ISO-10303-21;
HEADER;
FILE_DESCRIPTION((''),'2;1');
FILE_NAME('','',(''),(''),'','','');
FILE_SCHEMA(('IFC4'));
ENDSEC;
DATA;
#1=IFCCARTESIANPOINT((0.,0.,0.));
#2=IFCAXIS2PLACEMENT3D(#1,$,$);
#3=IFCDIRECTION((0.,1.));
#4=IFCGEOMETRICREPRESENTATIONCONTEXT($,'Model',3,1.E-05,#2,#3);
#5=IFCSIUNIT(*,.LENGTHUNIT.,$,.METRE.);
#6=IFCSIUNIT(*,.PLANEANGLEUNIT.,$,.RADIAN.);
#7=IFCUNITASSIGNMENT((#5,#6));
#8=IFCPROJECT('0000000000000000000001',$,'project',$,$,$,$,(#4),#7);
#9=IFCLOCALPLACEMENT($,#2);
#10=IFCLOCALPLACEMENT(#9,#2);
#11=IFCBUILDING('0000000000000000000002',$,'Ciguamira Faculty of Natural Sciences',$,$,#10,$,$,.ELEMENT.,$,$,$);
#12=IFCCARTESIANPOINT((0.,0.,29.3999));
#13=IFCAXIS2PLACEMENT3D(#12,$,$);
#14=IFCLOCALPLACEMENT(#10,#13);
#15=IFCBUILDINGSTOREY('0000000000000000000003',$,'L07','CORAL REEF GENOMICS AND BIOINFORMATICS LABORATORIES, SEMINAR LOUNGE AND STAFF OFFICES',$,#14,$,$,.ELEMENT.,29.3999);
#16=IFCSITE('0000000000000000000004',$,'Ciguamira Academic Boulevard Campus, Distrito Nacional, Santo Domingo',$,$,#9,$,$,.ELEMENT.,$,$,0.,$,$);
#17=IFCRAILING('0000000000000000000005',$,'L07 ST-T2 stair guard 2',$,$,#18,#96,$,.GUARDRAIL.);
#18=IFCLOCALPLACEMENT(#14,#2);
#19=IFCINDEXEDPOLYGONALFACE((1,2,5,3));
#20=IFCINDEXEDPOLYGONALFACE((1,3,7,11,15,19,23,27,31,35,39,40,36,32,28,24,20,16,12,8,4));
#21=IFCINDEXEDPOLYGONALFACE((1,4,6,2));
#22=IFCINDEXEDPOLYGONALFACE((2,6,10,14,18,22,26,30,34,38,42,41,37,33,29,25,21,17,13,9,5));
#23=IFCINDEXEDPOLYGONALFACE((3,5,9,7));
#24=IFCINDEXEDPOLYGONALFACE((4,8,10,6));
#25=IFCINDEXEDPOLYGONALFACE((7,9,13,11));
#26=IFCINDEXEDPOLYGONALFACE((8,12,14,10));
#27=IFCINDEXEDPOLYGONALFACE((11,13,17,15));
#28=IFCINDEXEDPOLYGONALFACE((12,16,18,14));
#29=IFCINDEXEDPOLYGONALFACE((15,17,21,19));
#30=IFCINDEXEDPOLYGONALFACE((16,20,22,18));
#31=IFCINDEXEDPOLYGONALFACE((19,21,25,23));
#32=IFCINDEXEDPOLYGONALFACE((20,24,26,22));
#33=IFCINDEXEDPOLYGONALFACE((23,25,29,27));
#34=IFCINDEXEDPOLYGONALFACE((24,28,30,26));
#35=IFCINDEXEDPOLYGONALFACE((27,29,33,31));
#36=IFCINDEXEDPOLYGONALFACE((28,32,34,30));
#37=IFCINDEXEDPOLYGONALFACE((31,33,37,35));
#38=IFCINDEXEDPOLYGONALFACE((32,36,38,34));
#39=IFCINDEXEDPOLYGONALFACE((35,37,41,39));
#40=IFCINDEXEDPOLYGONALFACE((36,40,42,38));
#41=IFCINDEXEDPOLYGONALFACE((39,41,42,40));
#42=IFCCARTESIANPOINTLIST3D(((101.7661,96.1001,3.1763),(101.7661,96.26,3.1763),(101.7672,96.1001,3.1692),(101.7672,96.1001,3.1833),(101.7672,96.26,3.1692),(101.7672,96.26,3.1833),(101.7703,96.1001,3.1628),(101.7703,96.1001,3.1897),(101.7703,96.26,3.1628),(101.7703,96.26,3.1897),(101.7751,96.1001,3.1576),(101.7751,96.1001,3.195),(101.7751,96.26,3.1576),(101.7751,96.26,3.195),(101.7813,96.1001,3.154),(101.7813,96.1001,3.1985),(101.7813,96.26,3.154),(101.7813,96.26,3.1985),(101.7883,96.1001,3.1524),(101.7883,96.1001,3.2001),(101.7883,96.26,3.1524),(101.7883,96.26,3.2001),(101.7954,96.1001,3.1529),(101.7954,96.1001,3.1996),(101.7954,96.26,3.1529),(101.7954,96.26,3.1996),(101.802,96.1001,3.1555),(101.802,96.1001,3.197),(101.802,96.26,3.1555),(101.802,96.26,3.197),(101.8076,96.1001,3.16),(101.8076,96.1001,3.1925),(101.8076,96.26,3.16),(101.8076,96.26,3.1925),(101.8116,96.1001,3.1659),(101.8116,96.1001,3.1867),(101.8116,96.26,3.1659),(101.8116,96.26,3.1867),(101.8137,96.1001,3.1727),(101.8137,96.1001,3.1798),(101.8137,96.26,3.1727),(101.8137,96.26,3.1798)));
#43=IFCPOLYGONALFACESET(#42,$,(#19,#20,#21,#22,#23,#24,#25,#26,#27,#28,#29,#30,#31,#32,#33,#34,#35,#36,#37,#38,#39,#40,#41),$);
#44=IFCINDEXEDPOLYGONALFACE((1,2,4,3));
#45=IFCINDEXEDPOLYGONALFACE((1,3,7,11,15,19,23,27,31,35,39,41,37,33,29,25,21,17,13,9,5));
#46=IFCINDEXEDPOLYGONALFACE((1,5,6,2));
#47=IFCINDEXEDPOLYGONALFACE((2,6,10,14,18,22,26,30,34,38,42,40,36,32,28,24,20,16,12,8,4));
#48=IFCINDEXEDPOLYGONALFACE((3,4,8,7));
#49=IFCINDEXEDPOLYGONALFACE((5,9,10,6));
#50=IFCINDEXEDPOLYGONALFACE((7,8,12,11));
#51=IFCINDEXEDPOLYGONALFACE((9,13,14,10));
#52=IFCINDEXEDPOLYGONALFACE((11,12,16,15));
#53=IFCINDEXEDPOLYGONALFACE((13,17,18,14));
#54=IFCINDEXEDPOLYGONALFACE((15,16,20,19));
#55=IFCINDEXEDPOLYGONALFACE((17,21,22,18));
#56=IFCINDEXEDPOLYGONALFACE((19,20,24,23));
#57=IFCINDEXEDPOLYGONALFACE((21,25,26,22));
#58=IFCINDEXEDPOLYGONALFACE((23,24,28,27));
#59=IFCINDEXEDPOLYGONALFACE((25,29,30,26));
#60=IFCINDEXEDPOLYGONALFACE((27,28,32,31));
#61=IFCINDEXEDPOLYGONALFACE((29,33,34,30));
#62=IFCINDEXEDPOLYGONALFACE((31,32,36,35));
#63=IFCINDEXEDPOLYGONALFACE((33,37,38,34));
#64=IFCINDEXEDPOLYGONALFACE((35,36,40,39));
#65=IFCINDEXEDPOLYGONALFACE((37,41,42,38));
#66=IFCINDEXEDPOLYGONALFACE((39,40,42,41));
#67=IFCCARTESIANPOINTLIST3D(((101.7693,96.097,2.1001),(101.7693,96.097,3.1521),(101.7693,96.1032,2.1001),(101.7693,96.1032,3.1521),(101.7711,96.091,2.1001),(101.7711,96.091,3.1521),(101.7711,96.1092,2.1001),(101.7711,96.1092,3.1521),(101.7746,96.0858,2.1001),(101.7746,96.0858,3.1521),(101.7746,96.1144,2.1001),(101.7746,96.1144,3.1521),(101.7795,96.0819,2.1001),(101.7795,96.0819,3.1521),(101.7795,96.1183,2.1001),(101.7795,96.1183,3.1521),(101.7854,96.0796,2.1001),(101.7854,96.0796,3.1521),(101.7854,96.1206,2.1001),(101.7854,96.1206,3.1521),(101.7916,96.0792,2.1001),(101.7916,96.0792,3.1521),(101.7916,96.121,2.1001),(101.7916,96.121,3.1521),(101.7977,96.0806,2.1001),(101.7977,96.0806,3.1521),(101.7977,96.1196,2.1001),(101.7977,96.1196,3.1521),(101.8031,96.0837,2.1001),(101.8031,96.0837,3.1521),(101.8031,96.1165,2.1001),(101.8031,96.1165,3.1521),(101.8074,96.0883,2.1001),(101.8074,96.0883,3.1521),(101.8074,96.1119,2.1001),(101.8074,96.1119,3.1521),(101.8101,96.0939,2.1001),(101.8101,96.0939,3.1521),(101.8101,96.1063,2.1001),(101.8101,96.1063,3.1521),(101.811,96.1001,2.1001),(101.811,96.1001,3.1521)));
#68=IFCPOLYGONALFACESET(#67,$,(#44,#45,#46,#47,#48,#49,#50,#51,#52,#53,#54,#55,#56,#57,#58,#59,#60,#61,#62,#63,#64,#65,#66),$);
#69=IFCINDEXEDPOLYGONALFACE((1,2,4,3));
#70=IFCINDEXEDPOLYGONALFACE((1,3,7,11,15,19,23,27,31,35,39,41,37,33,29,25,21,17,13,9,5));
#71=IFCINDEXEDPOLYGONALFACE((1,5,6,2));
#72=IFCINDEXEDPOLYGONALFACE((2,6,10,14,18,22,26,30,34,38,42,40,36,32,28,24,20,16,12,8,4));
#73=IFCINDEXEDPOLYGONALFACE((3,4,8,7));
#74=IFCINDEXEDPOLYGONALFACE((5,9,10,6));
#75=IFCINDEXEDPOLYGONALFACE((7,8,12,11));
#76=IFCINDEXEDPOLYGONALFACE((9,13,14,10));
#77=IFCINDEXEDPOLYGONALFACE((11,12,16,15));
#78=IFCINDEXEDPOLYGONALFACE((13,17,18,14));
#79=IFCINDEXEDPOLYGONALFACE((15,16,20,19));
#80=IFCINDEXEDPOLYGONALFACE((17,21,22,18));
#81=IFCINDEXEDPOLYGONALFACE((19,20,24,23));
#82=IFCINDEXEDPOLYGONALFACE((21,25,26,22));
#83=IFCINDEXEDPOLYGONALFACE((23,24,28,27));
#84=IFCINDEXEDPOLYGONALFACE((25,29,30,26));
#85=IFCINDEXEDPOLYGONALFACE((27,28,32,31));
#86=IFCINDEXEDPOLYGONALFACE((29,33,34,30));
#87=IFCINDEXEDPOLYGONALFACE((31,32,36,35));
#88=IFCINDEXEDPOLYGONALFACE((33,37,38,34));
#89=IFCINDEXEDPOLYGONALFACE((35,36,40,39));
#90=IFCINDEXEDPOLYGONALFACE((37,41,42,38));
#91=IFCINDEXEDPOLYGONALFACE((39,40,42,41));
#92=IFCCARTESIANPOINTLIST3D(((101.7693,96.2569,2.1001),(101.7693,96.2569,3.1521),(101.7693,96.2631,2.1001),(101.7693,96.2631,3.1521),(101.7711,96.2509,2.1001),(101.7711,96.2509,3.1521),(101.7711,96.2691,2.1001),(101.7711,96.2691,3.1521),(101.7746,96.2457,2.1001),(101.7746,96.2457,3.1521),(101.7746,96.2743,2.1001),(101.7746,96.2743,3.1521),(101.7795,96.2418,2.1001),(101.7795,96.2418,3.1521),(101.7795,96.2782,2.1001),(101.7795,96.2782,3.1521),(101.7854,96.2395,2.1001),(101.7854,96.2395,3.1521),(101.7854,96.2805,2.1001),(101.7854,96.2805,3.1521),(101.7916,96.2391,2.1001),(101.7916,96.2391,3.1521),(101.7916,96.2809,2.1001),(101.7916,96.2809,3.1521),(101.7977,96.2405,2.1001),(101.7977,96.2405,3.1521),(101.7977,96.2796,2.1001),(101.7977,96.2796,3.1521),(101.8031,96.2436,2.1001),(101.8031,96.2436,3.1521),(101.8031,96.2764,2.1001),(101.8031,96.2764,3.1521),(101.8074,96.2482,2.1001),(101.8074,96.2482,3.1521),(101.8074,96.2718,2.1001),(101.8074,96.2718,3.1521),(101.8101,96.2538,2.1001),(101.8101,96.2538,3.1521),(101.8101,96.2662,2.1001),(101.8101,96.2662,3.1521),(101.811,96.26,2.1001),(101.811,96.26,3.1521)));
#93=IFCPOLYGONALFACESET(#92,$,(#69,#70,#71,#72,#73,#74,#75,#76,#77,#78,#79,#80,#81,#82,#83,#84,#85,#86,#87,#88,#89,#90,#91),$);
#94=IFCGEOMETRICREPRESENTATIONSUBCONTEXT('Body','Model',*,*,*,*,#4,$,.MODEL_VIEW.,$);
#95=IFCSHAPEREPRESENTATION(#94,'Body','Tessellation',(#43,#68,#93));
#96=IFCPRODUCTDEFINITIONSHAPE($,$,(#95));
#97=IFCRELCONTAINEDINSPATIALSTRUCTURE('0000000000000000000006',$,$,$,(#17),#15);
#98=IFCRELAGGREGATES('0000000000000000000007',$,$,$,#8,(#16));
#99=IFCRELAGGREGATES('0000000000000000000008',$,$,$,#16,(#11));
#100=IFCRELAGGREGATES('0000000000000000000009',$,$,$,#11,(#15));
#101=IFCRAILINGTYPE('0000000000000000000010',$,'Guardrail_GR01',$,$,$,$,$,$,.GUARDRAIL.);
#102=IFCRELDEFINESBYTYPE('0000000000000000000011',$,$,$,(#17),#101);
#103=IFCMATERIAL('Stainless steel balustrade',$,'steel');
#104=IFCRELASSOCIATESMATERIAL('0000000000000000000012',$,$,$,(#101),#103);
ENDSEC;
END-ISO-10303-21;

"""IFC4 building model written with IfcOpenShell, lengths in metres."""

from ifc_helpers import new_model, si_unit, direction, frame, origin, origin_2d, place, context, subcontext, project, spatial, circle, extrude, material, type_object, element, save


model = new_model("IFC4")

# Units and contexts
model_context = context("Model", 3, precision=1e-05, world=origin(), true_north=direction((0.0, 1.0)))
body_context = subcontext(model_context, "Body", "Model", "MODEL_VIEW")
ifc_project = project(units=[si_unit("LENGTHUNIT", "METRE"), si_unit("PLANEANGLEUNIT", "RADIAN")], contexts=[model_context])

# Site, building, storey
site_placement = place(None, origin())
site = spatial("IfcSite", under=ifc_project, at=site_placement, Name="Ciguamira Academic Boulevard Campus, Distrito Nacional, Santo Domingo", CompositionType="ELEMENT", RefElevation=0.0)
building_placement = place(site_placement, origin())
building = spatial("IfcBuilding", under=site, at=building_placement, Name="Ciguamira Faculty of Natural Sciences", CompositionType="ELEMENT")
storey_placement = place(building_placement, frame((0.0, 0.0, 29.3999)))
storey = spatial("IfcBuildingStorey", under=building, at=storey_placement, Name="L07", Description="CORAL REEF GENOMICS AND BIOINFORMATICS LABORATORIES, SEMINAR LOUNGE AND STAFF OFFICES", CompositionType="ELEMENT", Elevation=29.3999)

# Railing
ifc_material_1 = material(Name="Stainless steel balustrade", Category="steel")
railing_type_1 = type_object("IfcRailingType", Name="Guardrail_GR01", PredefinedType="GUARDRAIL", material=ifc_material_1)
railing_1_placement = place(storey_placement, frame((101.79, 96.1001, 2.1001)))
element("IfcRailing", 1, at=railing_1_placement, inside=storey, type_object=railing_type_1, Name="L07 ST-T2 stair guard 2", PredefinedType="GUARDRAIL", context=body_context, shape_type="SweptSolid", body=[
    extrude(circle(Radius=0.0239, at=origin_2d()), frame((0.0, 0.0, 1.0762), z_axis=(0.0, 1.0, 0.0), x_axis=(-1.0, 0.0, 0.0)), (0.0, 0.0, 1.0), 0.1599),
    extrude(circle(Radius=0.021, at=origin_2d()), origin(), (0.0, 0.0, 1.0), 1.052),
    extrude(circle(Radius=0.021, at=origin_2d()), frame((0.0, 0.1599, 0.0)), (0.0, 0.0, 1.0), 1.052),
])

save(model, "model.ifc")
